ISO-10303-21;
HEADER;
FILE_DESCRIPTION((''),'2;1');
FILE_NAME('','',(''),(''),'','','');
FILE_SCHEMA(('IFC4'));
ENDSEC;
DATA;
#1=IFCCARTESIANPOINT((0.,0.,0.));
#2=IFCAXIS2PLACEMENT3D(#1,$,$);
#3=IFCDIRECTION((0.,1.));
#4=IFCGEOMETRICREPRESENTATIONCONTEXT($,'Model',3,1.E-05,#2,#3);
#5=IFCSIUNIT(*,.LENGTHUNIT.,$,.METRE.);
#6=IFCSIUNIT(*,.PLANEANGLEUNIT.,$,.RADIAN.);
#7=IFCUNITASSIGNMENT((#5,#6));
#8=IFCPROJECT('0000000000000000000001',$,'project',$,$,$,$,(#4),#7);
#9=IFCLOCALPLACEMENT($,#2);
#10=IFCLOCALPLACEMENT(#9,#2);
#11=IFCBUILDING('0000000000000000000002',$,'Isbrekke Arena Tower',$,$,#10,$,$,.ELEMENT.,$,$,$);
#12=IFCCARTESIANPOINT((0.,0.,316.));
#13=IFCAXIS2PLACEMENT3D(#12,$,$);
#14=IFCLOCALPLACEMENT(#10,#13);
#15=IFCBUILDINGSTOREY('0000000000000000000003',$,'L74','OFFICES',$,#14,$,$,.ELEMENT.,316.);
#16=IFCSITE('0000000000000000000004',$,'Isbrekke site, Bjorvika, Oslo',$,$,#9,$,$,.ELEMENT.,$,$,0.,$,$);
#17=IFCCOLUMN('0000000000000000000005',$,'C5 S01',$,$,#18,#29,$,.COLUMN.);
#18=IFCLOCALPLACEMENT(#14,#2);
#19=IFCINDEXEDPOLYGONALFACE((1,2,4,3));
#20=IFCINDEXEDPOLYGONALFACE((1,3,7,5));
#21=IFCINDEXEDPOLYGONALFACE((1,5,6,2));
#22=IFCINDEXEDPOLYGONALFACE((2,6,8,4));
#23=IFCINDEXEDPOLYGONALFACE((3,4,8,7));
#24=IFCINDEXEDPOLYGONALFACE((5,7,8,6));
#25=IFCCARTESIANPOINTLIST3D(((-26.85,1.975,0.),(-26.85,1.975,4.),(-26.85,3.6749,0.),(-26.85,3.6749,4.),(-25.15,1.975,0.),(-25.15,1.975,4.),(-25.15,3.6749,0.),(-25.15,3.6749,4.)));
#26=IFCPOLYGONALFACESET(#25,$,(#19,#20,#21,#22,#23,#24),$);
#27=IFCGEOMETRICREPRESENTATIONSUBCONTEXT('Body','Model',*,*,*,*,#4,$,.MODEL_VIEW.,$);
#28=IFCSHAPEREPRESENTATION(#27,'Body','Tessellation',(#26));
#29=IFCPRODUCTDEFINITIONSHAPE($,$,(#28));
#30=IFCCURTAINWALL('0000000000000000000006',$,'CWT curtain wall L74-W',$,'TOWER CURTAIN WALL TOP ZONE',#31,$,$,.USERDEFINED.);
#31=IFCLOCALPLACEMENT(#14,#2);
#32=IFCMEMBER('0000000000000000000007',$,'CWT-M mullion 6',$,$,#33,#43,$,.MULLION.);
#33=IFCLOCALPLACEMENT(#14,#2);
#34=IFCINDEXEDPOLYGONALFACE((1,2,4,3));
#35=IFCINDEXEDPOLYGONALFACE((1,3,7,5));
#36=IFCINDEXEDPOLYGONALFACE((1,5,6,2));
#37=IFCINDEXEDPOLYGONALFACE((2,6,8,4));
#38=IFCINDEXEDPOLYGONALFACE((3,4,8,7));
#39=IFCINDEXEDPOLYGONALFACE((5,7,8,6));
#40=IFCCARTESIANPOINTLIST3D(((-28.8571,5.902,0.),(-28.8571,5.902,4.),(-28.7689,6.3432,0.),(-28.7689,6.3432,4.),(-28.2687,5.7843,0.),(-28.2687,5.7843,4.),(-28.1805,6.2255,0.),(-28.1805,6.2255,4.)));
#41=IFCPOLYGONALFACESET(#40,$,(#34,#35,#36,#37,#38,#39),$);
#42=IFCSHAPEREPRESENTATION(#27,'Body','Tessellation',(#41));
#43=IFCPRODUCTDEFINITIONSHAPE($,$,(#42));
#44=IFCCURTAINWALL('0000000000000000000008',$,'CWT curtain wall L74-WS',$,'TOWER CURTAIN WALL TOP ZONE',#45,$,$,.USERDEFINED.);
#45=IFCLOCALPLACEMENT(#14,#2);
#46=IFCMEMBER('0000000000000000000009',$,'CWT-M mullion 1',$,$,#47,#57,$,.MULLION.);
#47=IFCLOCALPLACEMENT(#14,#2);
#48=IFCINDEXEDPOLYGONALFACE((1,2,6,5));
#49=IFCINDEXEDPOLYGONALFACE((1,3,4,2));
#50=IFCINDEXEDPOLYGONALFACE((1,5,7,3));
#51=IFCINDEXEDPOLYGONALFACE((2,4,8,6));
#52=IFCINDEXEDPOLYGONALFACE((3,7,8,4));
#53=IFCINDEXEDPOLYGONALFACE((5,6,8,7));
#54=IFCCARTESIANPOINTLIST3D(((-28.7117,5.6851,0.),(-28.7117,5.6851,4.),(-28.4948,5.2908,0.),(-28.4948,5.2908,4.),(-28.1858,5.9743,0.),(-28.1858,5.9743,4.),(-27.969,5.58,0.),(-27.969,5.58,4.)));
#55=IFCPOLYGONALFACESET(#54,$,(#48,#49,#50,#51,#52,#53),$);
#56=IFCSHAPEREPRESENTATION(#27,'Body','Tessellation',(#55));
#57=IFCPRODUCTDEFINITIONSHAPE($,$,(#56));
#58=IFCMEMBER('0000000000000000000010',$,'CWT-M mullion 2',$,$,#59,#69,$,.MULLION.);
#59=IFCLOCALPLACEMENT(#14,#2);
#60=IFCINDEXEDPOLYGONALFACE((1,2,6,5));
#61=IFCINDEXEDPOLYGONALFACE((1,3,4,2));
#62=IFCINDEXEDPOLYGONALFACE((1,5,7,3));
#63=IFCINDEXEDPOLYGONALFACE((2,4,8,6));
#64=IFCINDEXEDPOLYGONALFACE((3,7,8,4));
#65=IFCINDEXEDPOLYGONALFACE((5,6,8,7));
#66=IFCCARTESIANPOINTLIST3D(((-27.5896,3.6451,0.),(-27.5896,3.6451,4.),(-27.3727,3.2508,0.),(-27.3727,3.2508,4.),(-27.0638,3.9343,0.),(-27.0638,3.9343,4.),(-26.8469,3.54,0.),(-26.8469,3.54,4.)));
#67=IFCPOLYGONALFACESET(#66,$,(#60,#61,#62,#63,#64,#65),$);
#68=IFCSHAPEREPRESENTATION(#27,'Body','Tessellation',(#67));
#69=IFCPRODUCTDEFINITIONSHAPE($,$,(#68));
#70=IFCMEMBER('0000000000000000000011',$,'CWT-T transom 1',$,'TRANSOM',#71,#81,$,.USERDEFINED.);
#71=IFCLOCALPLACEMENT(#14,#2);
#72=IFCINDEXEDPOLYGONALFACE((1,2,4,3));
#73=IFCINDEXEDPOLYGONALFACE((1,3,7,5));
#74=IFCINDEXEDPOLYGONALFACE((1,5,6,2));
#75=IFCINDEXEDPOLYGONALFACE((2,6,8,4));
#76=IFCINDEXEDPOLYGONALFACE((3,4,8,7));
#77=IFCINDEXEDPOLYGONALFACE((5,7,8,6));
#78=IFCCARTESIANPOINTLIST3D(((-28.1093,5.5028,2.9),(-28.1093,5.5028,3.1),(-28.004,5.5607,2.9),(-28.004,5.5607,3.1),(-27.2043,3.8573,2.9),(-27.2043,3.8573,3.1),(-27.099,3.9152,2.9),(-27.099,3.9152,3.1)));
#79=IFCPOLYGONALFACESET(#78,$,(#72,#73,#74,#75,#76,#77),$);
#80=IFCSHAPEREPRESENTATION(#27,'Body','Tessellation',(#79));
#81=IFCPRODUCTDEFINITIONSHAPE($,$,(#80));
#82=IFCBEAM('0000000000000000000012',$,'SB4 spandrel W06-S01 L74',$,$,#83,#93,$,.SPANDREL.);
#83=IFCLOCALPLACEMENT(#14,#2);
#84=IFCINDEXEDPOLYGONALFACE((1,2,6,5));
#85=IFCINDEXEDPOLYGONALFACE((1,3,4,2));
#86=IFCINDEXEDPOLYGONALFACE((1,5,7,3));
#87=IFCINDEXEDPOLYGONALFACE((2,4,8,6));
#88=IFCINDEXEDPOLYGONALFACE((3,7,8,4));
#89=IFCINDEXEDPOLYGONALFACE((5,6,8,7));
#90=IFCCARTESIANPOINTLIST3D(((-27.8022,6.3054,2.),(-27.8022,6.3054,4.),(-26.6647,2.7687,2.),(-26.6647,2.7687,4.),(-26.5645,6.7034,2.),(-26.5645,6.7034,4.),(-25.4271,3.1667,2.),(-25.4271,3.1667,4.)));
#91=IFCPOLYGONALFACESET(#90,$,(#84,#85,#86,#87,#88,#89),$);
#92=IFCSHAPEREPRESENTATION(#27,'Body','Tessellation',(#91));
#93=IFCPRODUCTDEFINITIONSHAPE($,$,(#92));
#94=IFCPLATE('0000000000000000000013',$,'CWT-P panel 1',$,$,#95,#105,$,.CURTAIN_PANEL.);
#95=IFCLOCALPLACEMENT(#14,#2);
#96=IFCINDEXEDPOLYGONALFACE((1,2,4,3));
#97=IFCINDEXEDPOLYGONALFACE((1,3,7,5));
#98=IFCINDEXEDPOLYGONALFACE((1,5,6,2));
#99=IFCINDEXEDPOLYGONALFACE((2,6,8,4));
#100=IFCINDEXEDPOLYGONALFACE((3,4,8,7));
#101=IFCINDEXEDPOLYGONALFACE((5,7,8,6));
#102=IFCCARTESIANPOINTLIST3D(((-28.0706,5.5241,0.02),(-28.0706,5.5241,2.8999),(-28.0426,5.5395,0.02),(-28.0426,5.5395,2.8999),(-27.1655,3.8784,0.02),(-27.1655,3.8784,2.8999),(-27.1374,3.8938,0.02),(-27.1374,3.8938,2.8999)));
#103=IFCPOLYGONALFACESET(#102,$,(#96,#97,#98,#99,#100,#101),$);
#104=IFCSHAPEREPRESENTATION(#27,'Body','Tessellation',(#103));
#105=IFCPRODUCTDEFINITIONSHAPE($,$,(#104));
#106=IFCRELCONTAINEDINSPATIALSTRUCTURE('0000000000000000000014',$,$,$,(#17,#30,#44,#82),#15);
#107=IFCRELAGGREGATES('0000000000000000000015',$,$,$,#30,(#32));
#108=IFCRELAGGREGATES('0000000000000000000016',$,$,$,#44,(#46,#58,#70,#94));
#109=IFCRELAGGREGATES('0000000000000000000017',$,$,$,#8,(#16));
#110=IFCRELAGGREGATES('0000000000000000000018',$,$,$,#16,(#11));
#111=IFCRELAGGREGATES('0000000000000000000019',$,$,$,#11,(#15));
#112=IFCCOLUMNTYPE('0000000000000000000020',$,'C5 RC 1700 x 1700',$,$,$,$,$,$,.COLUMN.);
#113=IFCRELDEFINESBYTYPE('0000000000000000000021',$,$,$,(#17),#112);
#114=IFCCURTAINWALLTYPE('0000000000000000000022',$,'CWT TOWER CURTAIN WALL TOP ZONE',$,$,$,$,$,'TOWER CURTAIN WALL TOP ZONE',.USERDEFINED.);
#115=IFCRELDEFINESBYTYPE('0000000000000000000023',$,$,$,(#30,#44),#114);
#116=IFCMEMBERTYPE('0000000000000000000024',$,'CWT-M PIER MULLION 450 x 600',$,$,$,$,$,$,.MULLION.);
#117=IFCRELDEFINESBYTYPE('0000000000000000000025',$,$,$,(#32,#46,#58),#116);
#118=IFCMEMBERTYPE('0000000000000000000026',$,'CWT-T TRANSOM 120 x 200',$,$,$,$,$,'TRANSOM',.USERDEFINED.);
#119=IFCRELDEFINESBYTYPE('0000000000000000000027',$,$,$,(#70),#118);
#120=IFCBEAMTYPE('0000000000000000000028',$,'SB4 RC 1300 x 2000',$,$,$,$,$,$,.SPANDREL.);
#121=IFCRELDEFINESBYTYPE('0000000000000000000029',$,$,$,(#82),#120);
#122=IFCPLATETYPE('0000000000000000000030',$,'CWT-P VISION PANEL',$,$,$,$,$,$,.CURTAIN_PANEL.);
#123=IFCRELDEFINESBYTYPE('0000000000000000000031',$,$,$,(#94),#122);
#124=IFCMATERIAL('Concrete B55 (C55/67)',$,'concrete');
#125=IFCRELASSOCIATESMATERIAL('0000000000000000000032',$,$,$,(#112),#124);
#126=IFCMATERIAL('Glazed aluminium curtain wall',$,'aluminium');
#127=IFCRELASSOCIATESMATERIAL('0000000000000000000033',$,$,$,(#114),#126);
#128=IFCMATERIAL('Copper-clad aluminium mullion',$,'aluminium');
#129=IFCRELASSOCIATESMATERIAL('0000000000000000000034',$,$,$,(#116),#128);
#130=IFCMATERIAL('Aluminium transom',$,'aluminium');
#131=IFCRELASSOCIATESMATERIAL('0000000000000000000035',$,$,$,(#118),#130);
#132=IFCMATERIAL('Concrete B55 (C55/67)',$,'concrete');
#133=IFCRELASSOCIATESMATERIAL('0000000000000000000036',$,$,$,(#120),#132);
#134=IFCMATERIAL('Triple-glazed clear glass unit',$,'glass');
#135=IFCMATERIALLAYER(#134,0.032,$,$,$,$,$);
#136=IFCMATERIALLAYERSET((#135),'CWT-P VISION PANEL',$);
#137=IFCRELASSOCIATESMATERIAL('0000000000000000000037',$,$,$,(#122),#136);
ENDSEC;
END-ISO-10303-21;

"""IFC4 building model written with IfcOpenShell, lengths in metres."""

from ifc_helpers import new_model, si_unit, direction, frame, origin, origin_2d, place, context, subcontext, project, spatial, rectangle, extrude, material, layer, layer_set, material_profile, profile_set, type_object, element, aggregate, save


model = new_model("IFC4")

# Units and contexts
model_context = context("Model", 3, precision=1e-05, world=origin(), true_north=direction((0.0, 1.0)))
body_context = subcontext(model_context, "Body", "Model", "MODEL_VIEW")
ifc_project = project(units=[si_unit("LENGTHUNIT", "METRE"), si_unit("PLANEANGLEUNIT", "RADIAN")], contexts=[model_context])

# Site, building, storey
site_placement = place(None, origin())
site = spatial("IfcSite", under=ifc_project, at=site_placement, Name="Isbrekke site, Bjorvika, Oslo", CompositionType="ELEMENT", RefElevation=0.0)
building_placement = place(site_placement, origin())
building = spatial("IfcBuilding", under=site, at=building_placement, Name="Isbrekke Arena Tower", CompositionType="ELEMENT")
storey_placement = place(building_placement, frame((0.0, 0.0, 316.0)))
storey = spatial("IfcBuildingStorey", under=building, at=storey_placement, Name="L74", Description="OFFICES", CompositionType="ELEMENT", Elevation=316.0)

# Column
ifc_material_1 = material(Name="Concrete B55 (C55/67)", Category="concrete")
ifc_material_profile_1 = material_profile(ifc_material_1, rectangle(XDim=1.7, YDim=1.7, at=origin_2d()), Name="RC 1700x1700")
ifc_profile_set_1 = profile_set([ifc_material_profile_1], Name="Concrete B55 (C55/67)")
column_type = type_object("IfcColumnType", Name="C5 RC 1700 x 1700", PredefinedType="COLUMN", material=ifc_profile_set_1)
column_placement = place(storey_placement, frame((-26.0, 2.825, 0.0), z_axis=(0.0, 0.0, 1.0), x_axis=(1.0, 0.0, 0.0)))
element("IfcColumn", 1, at=column_placement, inside=storey, type_object=column_type, Name="C5 S01", PredefinedType="COLUMN", context=body_context, shape_type="SweptSolid", body=[
    extrude(rectangle(XDim=1.7, YDim=1.7, at=origin_2d()), origin(), (0.0, 0.0, 1.0), 4.0),
])

# Curtain wall, member
ifc_material_2 = material(Name="Glazed aluminium curtain wall", Category="aluminium")
curtain_wall_type = type_object("IfcCurtainWallType", Name="CWT TOWER CURTAIN WALL TOP ZONE", ElementType="TOWER CURTAIN WALL TOP ZONE", PredefinedType="USERDEFINED", material=ifc_material_2)
curtain_wall_1_placement = place(storey_placement, origin())
curtain_wall_1 = element("IfcCurtainWall", 2, at=curtain_wall_1_placement, inside=storey, type_object=curtain_wall_type, Name="CWT curtain wall L74-W", ObjectType="TOWER CURTAIN WALL TOP ZONE", PredefinedType="USERDEFINED")
ifc_material_3 = material(Name="Copper-clad aluminium mullion", Category="aluminium")
ifc_material_profile_2 = material_profile(ifc_material_3, rectangle(XDim=0.45, YDim=0.6001, at=origin_2d()), Name="PIER 450X600")
ifc_profile_set_2 = profile_set([ifc_material_profile_2], Name="Copper-clad aluminium mullion")
member_type_1 = type_object("IfcMemberType", Name="CWT-M PIER MULLION 450 x 600", PredefinedType="MULLION", material=ifc_profile_set_2)
member_1_placement = place(storey_placement, frame((-28.5188, 6.0637, 0.0), z_axis=(0.0, 0.0, 1.0), x_axis=(-0.196116, -0.980581, 0.0)))
member_1 = element("IfcMember", 3, at=member_1_placement, type_object=member_type_1, Name="CWT-M mullion 6", PredefinedType="MULLION", context=body_context, shape_type="SweptSolid", body=[
    extrude(rectangle(XDim=0.45, YDim=0.6001, at=origin_2d()), origin(), (0.0, 0.0, 1.0), 4.0),
])
aggregate(curtain_wall_1, [member_1])

# Curtain wall, members
curtain_wall_2_placement = place(storey_placement, origin())
curtain_wall_2 = element("IfcCurtainWall", 4, at=curtain_wall_2_placement, inside=storey, type_object=curtain_wall_type, Name="CWT curtain wall L74-WS", ObjectType="TOWER CURTAIN WALL TOP ZONE", PredefinedType="USERDEFINED")
member_2_placement = place(storey_placement, frame((-28.3403, 5.6326, 0.0), z_axis=(0.0, 0.0, 1.0), x_axis=(0.481919, -0.876216, 0.0)))
member_2 = element("IfcMember", 5, at=member_2_placement, type_object=member_type_1, Name="CWT-M mullion 1", PredefinedType="MULLION", context=body_context, shape_type="SweptSolid", body=[
    extrude(rectangle(XDim=0.45, YDim=0.6001, at=origin_2d()), origin(), (0.0, 0.0, 1.0), 4.0),
])
member_3_placement = place(storey_placement, frame((-27.2183, 3.5925, 0.0), z_axis=(0.0, 0.0, 1.0), x_axis=(0.481919, -0.876216, 0.0)))
member_3 = element("IfcMember", 6, at=member_3_placement, type_object=member_type_1, Name="CWT-M mullion 2", PredefinedType="MULLION", context=body_context, shape_type="SweptSolid", body=[
    extrude(rectangle(XDim=0.45, YDim=0.6001, at=origin_2d()), origin(), (0.0, 0.0, 1.0), 4.0),
])
ifc_material_4 = material(Name="Aluminium transom", Category="aluminium")
ifc_material_profile_3 = material_profile(ifc_material_4, rectangle(XDim=0.1201, YDim=0.2, at=origin_2d()), Name="TRANSOM 120X200")
ifc_profile_set_3 = profile_set([ifc_material_profile_3], Name="Aluminium transom")
member_type_2 = type_object("IfcMemberType", Name="CWT-T TRANSOM 120 x 200", ElementType="TRANSOM", PredefinedType="USERDEFINED", material=ifc_profile_set_3)
member_4_placement = place(storey_placement, frame((-28.0566, 5.5317, 3.0), z_axis=(0.481919, -0.876216, 0.0), x_axis=(0.876216, 0.481919, 0.0)))
member_4 = element("IfcMember", 7, at=member_4_placement, type_object=member_type_2, Name="CWT-T transom 1", ObjectType="TRANSOM", PredefinedType="USERDEFINED", context=body_context, shape_type="SweptSolid", body=[
    extrude(rectangle(XDim=0.1201, YDim=0.2, at=origin_2d()), origin(), (0.0, 0.0, 1.0), 1.8779),
])

# Beam
ifc_material_5 = material(Name="Concrete B55 (C55/67)", Category="concrete")
ifc_material_profile_4 = material_profile(ifc_material_5, rectangle(XDim=1.3, YDim=2.0, at=origin_2d()), Name="RC 1300x2000")
ifc_profile_set_4 = profile_set([ifc_material_profile_4], Name="Concrete B55 (C55/67)")
beam_type = type_object("IfcBeamType", Name="SB4 RC 1300 x 2000", PredefinedType="SPANDREL", material=ifc_profile_set_4)
beam_placement = place(storey_placement, frame((-27.1833, 6.5044, 3.0), z_axis=(0.306175, -0.951975, 0.0), x_axis=(0.951975, 0.306175, 0.0)))
element("IfcBeam", 8, at=beam_placement, inside=storey, type_object=beam_type, Name="SB4 spandrel W06-S01 L74", PredefinedType="SPANDREL", context=body_context, shape_type="SweptSolid", body=[
    extrude(rectangle(XDim=1.3, YDim=2.0, at=origin_2d()), origin(), (0.0, 0.0, 1.0), 3.7151),
])

# Plate
ifc_material_6 = material(Name="Triple-glazed clear glass unit", Category="glass")
ifc_layer_1 = layer(ifc_material_6, 0.032)
ifc_layer_set_1 = layer_set([ifc_layer_1], Name="CWT-P VISION PANEL")
plate_type = type_object("IfcPlateType", Name="CWT-P VISION PANEL", PredefinedType="CURTAIN_PANEL", material=ifc_layer_set_1)
plate_placement = place(storey_placement, frame((-27.604, 4.709, 0.02), z_axis=(0.0, 0.0, 1.0), x_axis=(0.481919, -0.876216, 0.0)))
plate = element("IfcPlate", 9, at=plate_placement, type_object=plate_type, Name="CWT-P panel 1", PredefinedType="CURTAIN_PANEL", context=body_context, shape_type="SweptSolid", body=[
    extrude(rectangle(XDim=1.8782, YDim=0.032, at=origin_2d()), origin(), (0.0, 0.0, 1.0), 2.8799),
])
aggregate(curtain_wall_2, [member_2, member_3, member_4, plate])

save(model, "model.ifc")
